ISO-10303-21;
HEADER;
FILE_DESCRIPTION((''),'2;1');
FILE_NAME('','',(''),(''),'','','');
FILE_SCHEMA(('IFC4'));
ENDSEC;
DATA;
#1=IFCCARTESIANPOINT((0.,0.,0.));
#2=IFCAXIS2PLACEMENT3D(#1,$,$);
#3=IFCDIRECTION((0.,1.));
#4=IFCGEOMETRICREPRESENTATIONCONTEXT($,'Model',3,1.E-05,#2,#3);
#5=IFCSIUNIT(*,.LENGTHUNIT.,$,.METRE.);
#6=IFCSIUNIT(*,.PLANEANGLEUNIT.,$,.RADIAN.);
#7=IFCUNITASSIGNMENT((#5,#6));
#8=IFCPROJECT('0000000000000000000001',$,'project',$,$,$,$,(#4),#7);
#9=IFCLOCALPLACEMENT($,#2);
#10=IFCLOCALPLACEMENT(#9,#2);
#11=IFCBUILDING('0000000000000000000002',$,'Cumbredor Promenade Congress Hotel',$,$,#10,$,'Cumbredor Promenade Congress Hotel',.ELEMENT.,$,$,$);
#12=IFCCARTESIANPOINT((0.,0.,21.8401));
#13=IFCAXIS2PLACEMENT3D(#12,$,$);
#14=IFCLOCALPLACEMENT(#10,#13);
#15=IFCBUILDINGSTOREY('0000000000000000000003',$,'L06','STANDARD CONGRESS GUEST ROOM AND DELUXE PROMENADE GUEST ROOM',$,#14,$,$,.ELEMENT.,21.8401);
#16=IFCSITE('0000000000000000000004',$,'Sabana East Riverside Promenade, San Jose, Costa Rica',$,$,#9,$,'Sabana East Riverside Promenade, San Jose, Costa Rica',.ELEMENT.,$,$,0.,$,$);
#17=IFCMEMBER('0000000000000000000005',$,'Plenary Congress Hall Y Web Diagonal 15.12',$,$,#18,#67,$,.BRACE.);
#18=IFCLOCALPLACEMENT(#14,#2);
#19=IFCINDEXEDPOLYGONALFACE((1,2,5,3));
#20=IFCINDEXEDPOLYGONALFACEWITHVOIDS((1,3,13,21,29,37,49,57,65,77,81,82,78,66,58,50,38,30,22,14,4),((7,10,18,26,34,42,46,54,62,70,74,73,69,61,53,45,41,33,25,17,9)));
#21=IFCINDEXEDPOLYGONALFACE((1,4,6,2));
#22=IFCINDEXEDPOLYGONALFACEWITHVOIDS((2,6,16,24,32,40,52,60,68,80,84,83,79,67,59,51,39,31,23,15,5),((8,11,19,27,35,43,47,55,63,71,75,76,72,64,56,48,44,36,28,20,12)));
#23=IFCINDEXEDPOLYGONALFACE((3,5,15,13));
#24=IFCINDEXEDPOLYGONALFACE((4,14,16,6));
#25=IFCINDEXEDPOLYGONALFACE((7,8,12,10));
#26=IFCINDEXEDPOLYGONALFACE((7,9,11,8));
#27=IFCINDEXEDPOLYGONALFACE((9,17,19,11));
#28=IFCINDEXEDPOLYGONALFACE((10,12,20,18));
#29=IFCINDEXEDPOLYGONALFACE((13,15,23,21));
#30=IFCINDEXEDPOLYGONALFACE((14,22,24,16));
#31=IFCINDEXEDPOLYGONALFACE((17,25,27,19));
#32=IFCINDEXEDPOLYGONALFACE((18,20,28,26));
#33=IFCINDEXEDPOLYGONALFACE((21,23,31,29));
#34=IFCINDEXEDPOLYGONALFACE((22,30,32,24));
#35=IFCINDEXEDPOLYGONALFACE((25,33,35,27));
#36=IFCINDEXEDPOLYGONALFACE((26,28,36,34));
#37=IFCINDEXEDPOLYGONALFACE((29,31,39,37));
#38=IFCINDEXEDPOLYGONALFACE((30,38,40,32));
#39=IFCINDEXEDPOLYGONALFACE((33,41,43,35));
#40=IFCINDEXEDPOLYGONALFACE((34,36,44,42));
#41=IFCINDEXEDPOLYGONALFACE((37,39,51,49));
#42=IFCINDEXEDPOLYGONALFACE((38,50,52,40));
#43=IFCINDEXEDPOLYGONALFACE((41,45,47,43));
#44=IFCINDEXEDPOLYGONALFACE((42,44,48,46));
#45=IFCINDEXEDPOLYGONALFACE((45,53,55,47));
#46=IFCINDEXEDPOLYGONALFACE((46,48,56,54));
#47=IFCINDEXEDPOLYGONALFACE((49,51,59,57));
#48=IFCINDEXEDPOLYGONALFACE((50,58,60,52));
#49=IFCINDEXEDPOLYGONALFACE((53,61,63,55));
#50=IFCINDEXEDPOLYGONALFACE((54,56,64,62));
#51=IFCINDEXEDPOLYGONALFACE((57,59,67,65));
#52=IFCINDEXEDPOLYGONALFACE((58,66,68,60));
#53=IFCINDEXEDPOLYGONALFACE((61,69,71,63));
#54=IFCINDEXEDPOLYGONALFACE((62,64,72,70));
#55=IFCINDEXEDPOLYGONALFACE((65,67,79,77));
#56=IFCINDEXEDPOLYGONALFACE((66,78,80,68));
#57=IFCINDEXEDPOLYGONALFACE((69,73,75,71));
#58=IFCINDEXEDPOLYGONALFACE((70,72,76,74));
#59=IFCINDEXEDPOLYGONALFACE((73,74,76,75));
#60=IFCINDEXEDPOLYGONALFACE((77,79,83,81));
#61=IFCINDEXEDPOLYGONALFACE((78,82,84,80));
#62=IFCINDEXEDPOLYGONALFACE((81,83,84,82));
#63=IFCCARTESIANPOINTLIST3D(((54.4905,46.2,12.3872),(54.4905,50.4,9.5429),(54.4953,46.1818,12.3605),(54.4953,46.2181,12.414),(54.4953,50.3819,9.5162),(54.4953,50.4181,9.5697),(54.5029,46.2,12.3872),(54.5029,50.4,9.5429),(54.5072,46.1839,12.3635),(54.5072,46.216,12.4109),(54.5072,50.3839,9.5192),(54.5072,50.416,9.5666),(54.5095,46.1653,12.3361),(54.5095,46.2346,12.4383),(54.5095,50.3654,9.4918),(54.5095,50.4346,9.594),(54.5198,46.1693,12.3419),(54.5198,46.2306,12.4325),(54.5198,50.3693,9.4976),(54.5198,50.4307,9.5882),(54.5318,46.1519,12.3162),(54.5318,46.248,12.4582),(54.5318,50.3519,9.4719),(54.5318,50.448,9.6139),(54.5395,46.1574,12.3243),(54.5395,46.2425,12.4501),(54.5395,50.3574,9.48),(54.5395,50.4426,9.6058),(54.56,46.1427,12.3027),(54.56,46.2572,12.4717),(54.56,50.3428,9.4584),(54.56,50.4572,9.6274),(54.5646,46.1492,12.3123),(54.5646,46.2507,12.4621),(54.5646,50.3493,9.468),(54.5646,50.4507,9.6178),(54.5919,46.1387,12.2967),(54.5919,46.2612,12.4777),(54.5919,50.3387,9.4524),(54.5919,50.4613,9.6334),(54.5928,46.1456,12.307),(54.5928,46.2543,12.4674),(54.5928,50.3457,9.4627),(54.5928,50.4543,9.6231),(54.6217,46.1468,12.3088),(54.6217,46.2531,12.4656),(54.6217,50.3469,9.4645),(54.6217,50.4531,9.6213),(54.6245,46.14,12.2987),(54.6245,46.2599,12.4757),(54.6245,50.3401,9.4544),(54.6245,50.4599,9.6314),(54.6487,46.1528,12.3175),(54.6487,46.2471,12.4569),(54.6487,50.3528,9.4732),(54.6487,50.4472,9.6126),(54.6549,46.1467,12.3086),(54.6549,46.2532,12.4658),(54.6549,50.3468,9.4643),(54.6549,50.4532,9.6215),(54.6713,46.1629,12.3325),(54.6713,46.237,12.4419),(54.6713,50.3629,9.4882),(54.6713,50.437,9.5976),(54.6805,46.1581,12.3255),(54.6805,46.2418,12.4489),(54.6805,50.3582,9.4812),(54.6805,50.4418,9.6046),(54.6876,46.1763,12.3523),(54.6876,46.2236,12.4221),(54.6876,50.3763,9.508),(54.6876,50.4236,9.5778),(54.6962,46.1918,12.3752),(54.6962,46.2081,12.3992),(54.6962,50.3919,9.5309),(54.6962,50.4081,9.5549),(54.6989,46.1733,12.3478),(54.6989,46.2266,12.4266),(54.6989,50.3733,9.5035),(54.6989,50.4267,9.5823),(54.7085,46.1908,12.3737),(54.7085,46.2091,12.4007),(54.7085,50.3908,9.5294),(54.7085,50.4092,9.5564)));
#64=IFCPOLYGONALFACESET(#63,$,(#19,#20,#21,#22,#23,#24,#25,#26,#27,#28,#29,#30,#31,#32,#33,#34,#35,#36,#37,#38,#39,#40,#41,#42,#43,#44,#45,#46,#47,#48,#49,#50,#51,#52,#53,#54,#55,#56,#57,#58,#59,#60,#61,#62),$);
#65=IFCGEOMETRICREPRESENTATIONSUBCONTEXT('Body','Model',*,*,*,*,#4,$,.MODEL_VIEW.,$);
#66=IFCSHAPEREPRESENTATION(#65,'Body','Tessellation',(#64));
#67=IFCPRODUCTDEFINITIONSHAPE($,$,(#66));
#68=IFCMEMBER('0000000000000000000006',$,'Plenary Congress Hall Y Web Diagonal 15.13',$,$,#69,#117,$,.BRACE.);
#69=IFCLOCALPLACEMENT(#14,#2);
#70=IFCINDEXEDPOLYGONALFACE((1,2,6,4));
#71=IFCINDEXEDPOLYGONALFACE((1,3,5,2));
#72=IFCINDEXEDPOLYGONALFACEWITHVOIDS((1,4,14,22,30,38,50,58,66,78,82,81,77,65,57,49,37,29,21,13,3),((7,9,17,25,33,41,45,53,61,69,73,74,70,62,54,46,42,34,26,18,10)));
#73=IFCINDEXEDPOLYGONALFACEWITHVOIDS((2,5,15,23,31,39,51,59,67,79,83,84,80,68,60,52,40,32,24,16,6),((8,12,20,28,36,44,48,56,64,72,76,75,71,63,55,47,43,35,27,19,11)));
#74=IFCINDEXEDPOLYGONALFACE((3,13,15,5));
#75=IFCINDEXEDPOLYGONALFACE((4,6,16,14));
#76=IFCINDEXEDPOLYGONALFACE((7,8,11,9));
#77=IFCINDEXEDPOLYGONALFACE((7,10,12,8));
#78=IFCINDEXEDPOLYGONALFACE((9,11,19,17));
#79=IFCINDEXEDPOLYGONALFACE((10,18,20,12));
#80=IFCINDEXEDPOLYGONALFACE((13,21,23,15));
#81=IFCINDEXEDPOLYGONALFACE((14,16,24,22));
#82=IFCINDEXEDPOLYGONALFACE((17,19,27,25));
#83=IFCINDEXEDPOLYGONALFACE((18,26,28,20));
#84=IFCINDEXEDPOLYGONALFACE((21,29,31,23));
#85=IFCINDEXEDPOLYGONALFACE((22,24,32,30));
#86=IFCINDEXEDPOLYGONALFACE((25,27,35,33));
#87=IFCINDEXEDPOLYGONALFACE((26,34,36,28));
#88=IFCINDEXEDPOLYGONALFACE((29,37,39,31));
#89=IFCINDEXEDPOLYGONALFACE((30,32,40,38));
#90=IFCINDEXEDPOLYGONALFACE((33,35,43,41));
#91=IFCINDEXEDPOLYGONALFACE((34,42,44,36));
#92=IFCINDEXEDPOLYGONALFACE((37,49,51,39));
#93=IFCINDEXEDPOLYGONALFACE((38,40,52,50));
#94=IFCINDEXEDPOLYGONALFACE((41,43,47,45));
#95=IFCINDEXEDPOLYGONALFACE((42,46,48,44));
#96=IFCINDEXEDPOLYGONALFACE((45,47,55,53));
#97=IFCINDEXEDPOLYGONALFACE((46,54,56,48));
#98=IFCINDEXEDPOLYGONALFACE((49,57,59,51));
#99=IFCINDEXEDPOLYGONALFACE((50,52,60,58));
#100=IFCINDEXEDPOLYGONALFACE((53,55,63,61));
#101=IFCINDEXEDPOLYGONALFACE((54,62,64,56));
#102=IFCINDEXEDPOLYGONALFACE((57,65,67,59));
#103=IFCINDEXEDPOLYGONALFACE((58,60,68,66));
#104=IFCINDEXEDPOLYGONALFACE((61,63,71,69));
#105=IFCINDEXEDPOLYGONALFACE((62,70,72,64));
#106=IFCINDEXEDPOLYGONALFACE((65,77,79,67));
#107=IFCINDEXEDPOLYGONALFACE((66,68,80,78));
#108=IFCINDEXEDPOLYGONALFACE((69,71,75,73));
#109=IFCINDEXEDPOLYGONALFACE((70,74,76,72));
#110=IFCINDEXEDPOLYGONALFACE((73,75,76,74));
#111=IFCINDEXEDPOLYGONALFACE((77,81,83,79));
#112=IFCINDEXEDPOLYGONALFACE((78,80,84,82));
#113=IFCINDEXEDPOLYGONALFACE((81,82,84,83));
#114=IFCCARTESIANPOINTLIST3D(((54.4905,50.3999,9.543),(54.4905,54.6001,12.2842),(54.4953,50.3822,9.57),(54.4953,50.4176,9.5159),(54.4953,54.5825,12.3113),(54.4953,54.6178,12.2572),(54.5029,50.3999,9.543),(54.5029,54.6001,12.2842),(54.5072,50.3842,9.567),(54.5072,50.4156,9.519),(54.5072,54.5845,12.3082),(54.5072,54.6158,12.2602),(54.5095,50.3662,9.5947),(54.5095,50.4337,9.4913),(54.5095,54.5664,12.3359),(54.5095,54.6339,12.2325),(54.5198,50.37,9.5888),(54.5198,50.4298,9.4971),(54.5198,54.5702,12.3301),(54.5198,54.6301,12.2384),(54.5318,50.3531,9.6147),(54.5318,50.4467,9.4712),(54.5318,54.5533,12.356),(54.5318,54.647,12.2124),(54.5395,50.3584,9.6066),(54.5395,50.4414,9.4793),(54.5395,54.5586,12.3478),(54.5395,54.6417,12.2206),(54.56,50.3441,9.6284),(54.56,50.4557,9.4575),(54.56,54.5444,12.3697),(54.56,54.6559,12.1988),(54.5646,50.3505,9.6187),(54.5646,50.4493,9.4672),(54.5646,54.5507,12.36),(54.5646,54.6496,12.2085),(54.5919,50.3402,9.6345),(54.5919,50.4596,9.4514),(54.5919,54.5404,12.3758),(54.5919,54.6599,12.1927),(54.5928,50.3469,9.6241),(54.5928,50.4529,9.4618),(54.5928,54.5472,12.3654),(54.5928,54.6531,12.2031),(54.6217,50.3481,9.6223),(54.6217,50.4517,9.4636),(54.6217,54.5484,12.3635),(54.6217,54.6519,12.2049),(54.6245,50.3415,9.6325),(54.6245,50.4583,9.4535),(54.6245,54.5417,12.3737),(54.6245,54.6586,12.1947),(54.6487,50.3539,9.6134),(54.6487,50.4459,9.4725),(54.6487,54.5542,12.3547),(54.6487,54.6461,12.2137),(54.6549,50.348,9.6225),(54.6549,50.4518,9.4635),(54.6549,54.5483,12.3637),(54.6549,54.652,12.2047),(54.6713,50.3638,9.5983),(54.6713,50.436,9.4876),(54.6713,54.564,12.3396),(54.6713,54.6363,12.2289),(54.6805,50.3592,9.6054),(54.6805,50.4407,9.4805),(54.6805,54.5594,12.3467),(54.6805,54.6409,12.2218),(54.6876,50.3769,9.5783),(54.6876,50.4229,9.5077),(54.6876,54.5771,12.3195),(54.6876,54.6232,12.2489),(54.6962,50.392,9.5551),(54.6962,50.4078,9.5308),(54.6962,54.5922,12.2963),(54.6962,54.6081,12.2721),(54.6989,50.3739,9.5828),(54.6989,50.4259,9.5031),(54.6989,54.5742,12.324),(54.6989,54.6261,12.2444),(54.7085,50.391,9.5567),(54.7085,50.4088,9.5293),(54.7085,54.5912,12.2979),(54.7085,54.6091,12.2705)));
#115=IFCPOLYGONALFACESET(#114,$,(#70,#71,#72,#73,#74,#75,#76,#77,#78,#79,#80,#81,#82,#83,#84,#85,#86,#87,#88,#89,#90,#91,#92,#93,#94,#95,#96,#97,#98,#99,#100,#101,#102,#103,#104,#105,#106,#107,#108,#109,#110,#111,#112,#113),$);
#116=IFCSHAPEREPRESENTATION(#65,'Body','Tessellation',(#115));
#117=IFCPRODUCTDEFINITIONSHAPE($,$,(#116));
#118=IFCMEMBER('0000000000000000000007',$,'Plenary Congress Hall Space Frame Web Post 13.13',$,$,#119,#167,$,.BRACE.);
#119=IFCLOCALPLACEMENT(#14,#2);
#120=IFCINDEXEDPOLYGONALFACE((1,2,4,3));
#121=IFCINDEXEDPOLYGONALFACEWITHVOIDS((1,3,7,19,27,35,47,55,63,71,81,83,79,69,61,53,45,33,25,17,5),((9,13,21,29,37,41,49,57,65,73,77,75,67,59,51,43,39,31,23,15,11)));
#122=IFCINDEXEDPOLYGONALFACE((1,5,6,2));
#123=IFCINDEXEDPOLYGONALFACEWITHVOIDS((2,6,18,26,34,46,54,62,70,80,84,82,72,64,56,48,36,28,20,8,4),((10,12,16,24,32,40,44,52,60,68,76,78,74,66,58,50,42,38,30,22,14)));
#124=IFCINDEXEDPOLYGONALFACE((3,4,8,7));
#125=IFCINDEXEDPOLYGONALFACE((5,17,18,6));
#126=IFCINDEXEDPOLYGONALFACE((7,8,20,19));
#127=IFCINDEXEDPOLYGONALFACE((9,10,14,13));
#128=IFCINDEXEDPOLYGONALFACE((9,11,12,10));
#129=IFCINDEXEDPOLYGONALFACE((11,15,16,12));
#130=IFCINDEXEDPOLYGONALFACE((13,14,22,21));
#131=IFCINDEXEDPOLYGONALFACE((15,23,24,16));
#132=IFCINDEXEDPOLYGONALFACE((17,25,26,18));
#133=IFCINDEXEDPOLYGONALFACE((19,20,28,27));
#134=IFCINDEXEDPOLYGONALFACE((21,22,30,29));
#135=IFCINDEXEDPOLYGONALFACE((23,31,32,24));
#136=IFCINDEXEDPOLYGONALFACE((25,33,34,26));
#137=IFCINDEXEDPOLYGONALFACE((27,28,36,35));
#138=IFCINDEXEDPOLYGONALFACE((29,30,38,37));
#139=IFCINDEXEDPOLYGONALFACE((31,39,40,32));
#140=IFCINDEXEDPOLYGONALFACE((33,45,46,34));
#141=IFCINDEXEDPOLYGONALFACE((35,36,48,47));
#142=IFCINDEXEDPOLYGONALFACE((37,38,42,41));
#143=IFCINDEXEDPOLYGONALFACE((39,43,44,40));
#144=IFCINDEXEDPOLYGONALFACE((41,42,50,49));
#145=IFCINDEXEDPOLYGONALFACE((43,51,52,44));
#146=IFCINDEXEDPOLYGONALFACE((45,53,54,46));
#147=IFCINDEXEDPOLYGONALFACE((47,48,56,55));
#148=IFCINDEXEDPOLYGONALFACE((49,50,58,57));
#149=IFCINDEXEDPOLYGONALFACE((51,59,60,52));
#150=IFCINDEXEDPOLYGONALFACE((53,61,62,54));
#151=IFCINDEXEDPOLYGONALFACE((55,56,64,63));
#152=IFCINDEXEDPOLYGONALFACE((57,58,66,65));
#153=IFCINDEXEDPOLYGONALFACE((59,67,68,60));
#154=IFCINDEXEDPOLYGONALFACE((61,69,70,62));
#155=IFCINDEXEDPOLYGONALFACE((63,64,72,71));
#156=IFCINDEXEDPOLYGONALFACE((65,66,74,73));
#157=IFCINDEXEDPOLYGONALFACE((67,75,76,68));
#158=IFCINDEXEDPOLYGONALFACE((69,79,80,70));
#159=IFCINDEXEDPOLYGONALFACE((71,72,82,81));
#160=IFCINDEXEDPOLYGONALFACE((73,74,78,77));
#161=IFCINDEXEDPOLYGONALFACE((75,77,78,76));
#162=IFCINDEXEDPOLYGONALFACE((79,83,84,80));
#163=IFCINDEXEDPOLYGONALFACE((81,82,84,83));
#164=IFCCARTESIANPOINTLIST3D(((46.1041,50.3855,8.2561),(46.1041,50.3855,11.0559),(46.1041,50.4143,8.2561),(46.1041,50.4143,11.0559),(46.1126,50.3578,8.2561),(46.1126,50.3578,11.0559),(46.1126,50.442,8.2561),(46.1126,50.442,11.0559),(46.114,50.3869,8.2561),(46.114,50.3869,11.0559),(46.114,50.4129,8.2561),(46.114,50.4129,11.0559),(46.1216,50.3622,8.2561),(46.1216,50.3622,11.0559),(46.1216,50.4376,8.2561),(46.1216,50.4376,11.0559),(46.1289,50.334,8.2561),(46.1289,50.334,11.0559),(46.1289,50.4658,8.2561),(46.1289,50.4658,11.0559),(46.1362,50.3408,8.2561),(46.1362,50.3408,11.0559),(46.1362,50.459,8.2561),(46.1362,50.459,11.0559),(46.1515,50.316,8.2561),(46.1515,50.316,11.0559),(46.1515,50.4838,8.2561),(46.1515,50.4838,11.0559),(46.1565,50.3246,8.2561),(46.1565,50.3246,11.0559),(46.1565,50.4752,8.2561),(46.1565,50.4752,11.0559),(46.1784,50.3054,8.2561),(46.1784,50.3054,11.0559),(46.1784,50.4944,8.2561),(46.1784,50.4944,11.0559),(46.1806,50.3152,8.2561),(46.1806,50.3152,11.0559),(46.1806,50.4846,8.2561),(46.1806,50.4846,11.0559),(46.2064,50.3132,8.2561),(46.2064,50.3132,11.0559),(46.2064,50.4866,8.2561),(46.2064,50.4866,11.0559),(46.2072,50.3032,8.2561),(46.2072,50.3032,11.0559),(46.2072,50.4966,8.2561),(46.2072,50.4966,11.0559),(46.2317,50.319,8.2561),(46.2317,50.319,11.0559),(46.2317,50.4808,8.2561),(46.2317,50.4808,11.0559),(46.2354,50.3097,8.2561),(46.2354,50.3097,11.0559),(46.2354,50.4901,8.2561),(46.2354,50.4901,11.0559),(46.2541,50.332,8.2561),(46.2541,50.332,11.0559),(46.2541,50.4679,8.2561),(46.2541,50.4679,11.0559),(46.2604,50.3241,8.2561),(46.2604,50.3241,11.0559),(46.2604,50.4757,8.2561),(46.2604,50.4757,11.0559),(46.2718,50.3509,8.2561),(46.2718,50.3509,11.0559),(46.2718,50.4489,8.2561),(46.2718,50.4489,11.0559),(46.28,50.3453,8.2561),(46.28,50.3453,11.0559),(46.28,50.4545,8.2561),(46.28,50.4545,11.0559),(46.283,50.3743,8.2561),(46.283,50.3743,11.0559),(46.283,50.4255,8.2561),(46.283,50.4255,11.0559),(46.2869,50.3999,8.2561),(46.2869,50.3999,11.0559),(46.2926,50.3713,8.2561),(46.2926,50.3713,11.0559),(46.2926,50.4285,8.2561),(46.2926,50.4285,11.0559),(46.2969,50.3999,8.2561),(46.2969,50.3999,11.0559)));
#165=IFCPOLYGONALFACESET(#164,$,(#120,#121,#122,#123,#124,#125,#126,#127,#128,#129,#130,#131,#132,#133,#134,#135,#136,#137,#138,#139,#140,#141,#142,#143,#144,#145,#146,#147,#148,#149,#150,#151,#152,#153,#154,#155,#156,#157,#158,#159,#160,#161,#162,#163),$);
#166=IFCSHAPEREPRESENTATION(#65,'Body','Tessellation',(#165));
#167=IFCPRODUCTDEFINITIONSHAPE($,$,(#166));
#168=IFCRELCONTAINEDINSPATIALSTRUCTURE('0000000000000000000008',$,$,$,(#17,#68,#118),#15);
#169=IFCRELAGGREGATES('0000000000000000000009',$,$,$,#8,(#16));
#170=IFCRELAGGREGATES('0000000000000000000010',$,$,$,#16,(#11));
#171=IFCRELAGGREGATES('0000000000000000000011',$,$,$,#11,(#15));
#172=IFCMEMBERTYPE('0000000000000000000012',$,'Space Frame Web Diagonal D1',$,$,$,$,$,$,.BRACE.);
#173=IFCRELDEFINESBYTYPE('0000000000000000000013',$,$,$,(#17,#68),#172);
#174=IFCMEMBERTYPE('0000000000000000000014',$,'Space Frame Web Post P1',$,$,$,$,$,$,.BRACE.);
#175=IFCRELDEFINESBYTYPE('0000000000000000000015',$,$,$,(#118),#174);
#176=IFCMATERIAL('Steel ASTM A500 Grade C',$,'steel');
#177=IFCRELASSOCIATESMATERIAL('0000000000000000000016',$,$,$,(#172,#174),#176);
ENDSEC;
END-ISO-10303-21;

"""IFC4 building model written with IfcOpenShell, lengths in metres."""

from ifc_helpers import new_model, si_unit, direction, frame, origin, origin_2d, place, context, subcontext, project, spatial, hollow_circle, extrude, material, material_profile, profile_set, type_object, element, save


model = new_model("IFC4")

# Units and contexts
model_context = context("Model", 3, precision=1e-05, world=origin(), true_north=direction((0.0, 1.0)))
body_context = subcontext(model_context, "Body", "Model", "MODEL_VIEW")
ifc_project = project(units=[si_unit("LENGTHUNIT", "METRE"), si_unit("PLANEANGLEUNIT", "RADIAN")], contexts=[model_context])

# Site, building, storey
site_placement = place(None, origin())
site = spatial("IfcSite", under=ifc_project, at=site_placement, Name="Sabana East Riverside Promenade, San Jose, Costa Rica", LongName="Sabana East Riverside Promenade, San Jose, Costa Rica", CompositionType="ELEMENT", RefElevation=0.0)
building_placement = place(site_placement, origin())
building = spatial("IfcBuilding", under=site, at=building_placement, Name="Cumbredor Promenade Congress Hotel", LongName="Cumbredor Promenade Congress Hotel", CompositionType="ELEMENT")
storey_placement = place(building_placement, frame((0.0, 0.0, 21.8401)))
storey = spatial("IfcBuildingStorey", under=building, at=storey_placement, Name="L06", Description="STANDARD CONGRESS GUEST ROOM AND DELUXE PROMENADE GUEST ROOM", CompositionType="ELEMENT", Elevation=21.8401)

# Members
ifc_material_1 = material(Name="Steel ASTM A500 Grade C", Category="steel")
ifc_material_profile_1 = material_profile(ifc_material_1, hollow_circle(Radius=0.1096, WallThickness=0.0125, at=origin_2d()), Name="CHS 219.1x12.5")
ifc_profile_set_1 = profile_set([ifc_material_profile_1], Name="Steel ASTM A500 Grade C")
member_type_1 = type_object("IfcMemberType", Name="Space Frame Web Diagonal D1", PredefinedType="BRACE", material=ifc_profile_set_1)
member_1_placement = place(storey_placement, frame((54.6001, 46.2, 12.3872), z_axis=(0.0, 0.828, -0.560728), x_axis=(-1.0, 0.0, 0.0)))
element("IfcMember", 1, at=member_1_placement, inside=storey, type_object=member_type_1, Name="Plenary Congress Hall Y Web Diagonal 15.12", PredefinedType="BRACE", context=body_context, shape_type="SweptSolid", body=[
    extrude(hollow_circle(Radius=0.1096, WallThickness=0.0125, at=origin_2d()), origin(), (0.0, 0.0, 1.0), 5.0725),
])
member_2_placement = place(storey_placement, frame((54.6001, 50.3999, 9.543), z_axis=(0.0, 0.837432, 0.546541), x_axis=(-1.0, 0.0, 0.0)))
element("IfcMember", 2, at=member_2_placement, inside=storey, type_object=member_type_1, Name="Plenary Congress Hall Y Web Diagonal 15.13", PredefinedType="BRACE", context=body_context, shape_type="SweptSolid", body=[
    extrude(hollow_circle(Radius=0.1096, WallThickness=0.0125, at=origin_2d()), origin(), (0.0, 0.0, 1.0), 5.0156),
])
ifc_material_profile_2 = material_profile(ifc_material_1, hollow_circle(Radius=0.0969, WallThickness=0.01, at=origin_2d()), Name="CHS 193.7x10")
ifc_profile_set_2 = profile_set([ifc_material_profile_2], Name="Steel ASTM A500 Grade C")
member_type_2 = type_object("IfcMemberType", Name="Space Frame Web Post P1", PredefinedType="BRACE", material=ifc_profile_set_2)
for number, where, z_axis, x_axis, name in (
    (3, (46.2, 50.3999, 8.2561), (0.0, 0.0, 1.0), (1.0, 0.0, 0.0), "Plenary Congress Hall Space Frame Web Post 13.13"),
):
    element("IfcMember", number, at=place(storey_placement, frame(where, z_axis=z_axis, x_axis=x_axis)), inside=storey, type_object=member_type_2, Name=name, PredefinedType="BRACE", context=body_context, shape_type="SweptSolid", body=[
        extrude(hollow_circle(Radius=0.0969, WallThickness=0.01, at=origin_2d()), origin(), (0.0, 0.0, 1.0), 2.7998),
    ])

save(model, "model.ifc")
